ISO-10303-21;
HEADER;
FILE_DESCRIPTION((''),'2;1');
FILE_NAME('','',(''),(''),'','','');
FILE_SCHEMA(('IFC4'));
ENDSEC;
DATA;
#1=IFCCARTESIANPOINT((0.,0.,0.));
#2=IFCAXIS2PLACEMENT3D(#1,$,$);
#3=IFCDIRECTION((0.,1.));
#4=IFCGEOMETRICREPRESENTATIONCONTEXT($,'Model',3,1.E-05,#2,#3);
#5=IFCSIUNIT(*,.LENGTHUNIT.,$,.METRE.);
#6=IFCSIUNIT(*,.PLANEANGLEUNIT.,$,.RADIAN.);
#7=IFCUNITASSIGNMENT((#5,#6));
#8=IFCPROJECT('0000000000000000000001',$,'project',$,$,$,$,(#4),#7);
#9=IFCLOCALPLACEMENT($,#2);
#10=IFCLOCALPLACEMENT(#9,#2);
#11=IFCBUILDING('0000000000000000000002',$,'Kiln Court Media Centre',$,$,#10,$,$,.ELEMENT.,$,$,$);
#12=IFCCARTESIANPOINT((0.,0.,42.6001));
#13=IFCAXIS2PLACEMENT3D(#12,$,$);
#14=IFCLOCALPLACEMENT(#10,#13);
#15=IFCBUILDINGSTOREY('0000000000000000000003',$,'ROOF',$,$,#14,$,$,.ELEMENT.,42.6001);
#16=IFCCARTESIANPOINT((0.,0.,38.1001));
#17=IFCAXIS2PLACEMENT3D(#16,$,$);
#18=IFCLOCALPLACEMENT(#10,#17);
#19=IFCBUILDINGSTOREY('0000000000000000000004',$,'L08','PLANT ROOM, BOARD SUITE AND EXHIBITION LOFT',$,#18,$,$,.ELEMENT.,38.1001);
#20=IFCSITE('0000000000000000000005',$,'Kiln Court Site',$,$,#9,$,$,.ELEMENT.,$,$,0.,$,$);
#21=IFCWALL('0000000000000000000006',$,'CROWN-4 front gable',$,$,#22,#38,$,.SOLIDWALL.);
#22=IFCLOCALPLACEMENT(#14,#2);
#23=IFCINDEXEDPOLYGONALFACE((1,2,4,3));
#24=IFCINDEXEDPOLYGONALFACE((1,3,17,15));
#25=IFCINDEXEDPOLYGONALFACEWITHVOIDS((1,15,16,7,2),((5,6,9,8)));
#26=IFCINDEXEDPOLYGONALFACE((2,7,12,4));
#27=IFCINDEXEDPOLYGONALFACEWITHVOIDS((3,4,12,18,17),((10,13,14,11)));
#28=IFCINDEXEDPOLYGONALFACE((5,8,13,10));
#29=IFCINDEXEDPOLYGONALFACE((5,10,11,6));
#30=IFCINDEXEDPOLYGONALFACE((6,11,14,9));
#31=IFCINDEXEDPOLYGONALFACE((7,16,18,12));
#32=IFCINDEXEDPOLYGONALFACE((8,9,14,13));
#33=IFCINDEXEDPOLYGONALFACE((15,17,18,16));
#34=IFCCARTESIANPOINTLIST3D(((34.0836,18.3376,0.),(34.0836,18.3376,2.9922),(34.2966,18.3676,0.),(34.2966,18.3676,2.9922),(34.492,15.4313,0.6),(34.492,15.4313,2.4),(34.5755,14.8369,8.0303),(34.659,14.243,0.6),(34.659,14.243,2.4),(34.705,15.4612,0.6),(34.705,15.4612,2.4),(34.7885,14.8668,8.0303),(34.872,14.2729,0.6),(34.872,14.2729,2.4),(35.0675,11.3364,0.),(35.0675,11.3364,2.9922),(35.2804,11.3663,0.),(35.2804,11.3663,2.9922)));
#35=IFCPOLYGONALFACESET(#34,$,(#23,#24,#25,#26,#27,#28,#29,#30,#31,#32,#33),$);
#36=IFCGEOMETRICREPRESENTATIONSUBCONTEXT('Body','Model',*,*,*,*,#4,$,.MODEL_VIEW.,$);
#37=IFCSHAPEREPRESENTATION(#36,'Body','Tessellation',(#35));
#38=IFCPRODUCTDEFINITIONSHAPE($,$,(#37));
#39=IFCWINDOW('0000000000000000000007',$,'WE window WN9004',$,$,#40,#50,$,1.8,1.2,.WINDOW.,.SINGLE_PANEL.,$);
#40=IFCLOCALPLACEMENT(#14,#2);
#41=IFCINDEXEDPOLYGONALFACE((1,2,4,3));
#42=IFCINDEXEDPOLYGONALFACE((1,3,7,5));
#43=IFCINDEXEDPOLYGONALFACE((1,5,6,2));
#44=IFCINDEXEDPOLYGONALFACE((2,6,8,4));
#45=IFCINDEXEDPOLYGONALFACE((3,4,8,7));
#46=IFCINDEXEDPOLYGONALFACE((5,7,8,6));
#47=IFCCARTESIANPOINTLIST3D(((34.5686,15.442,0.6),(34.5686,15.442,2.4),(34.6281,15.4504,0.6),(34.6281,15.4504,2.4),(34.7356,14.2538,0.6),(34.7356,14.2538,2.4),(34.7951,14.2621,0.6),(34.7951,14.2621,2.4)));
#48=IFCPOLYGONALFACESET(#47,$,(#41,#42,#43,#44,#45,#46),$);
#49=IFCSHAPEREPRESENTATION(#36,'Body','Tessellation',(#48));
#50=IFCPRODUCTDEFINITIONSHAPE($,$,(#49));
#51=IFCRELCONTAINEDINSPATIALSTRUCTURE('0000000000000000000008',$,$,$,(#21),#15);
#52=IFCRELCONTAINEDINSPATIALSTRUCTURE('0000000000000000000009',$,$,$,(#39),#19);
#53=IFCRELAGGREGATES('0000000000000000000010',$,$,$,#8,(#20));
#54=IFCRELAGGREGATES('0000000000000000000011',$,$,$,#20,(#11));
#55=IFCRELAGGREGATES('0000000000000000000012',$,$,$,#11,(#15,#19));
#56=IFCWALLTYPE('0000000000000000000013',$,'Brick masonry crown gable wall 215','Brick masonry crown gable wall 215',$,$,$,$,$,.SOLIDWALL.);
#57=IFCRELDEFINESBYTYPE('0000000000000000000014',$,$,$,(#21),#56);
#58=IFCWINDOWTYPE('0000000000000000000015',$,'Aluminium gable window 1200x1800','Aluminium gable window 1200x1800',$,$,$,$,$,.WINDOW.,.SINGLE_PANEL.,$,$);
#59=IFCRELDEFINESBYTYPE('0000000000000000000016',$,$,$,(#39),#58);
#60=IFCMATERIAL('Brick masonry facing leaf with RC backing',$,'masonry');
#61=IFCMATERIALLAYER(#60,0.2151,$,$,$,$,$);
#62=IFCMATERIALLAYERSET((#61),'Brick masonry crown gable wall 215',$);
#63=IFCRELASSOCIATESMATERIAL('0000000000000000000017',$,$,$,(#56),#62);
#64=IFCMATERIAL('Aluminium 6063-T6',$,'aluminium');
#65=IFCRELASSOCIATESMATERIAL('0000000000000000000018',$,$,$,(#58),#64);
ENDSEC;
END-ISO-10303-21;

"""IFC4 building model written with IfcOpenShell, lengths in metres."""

from ifc_helpers import new_model, si_unit, direction, frame, frame_2d, origin, place, context, subcontext, project, spatial, polyline, rectangle, outline, extrude, material, layer, layer_set, type_object, element, fill, save


model = new_model("IFC4")

# Units and contexts
model_context = context("Model", 3, precision=1e-05, world=origin(), true_north=direction((0.0, 1.0)))
body_context = subcontext(model_context, "Body", "Model", "MODEL_VIEW")
ifc_project = project(units=[si_unit("LENGTHUNIT", "METRE"), si_unit("PLANEANGLEUNIT", "RADIAN")], contexts=[model_context])

# Site, building, storey
site_placement = place(None, origin())
site = spatial("IfcSite", under=ifc_project, at=site_placement, Name="Kiln Court Site", CompositionType="ELEMENT", RefElevation=0.0)
building_placement = place(site_placement, origin())
building = spatial("IfcBuilding", under=site, at=building_placement, Name="Kiln Court Media Centre", CompositionType="ELEMENT")
storey_1_placement = place(building_placement, frame((0.0, 0.0, 42.6001)))
storey_1 = spatial("IfcBuildingStorey", under=building, at=storey_1_placement, Name="ROOF", CompositionType="ELEMENT", Elevation=42.6001)

# Wall, opening
ifc_material_1 = material(Name="Brick masonry facing leaf with RC backing", Category="masonry")
ifc_layer_1 = layer(ifc_material_1, 0.2151)
ifc_layer_set_1 = layer_set([ifc_layer_1], Name="Brick masonry crown gable wall 215")
wall_type = type_object("IfcWallType", Name="Brick masonry crown gable wall 215", Description="Brick masonry crown gable wall 215", PredefinedType="SOLIDWALL", material=ifc_layer_set_1)
wall_placement = place(storey_1_placement, frame((35.1738, 11.3513, 0.0), z_axis=(0.0, 0.0, 1.0), x_axis=(-0.139163, 0.990269, 0.0)))
wall = element("IfcWall", 1, at=wall_placement, inside=storey_1, type_object=wall_type, Name="CROWN-4 front gable", PredefinedType="SOLIDWALL", context=body_context, shape_type="SweptSolid", body=[
    extrude(outline(polyline([(0.0, 0.0), (7.0701, 0.0), (7.0701, 2.9922), (3.5349, 8.0303), (0.0, 2.9922), (0.0, 0.0)])), frame((0.0, 0.1074, 0.0), z_axis=(0.0, -1.0, 0.0), x_axis=(1.0, 0.0, 0.0)), (0.0, 0.0, 1.0), 0.2151),
])
opening_placement = place(wall_placement, frame((2.9351, 0.0, 0.6001)))
opening = element("IfcOpeningElement", 2, at=opening_placement, cuts=wall, PredefinedType="OPENING", context=body_context, shape_type="SweptSolid", body=[
    extrude(rectangle(XDim=1.2, YDim=1.8, at=frame_2d((0.6001, 0.8999))), frame((0.0, 0.1174, 0.0), z_axis=(0.0, -1.0, 0.0), x_axis=(1.0, 0.0, 0.0)), (0.0, 0.0, 1.0), 0.2351),
])

# Shared definitions
storey_2_placement = place(building_placement, frame((0.0, 0.0, 38.1001)))
storey_2 = spatial("IfcBuildingStorey", under=building, at=storey_2_placement, Name="L08", Description="PLANT ROOM, BOARD SUITE AND EXHIBITION LOFT", CompositionType="ELEMENT", Elevation=38.1001)

# Window
ifc_material_2 = material(Name="Aluminium 6063-T6", Category="aluminium")
window_type = type_object("IfcWindowType", Name="Aluminium gable window 1200x1800", Description="Aluminium gable window 1200x1800", PartitioningType="SINGLE_PANEL", PredefinedType="WINDOW", material=ifc_material_2)
window_placement = place(opening_placement, origin())
window = element("IfcWindow", 3, at=window_placement, inside=storey_2, type_object=window_type, Name="WE window WN9004", OverallHeight=1.8, OverallWidth=1.2, PartitioningType="SINGLE_PANEL", PredefinedType="WINDOW", context=body_context, shape_type="SweptSolid", body=[
    extrude(rectangle(XDim=1.2, YDim=1.8, at=frame_2d((0.6001, 0.8999))), frame((0.0, 0.03, 0.0), z_axis=(0.0, -1.0, 0.0), x_axis=(1.0, 0.0, 0.0)), (0.0, 0.0, 1.0), 0.0601),
])
fill(opening, window)

save(model, "model.ifc")
